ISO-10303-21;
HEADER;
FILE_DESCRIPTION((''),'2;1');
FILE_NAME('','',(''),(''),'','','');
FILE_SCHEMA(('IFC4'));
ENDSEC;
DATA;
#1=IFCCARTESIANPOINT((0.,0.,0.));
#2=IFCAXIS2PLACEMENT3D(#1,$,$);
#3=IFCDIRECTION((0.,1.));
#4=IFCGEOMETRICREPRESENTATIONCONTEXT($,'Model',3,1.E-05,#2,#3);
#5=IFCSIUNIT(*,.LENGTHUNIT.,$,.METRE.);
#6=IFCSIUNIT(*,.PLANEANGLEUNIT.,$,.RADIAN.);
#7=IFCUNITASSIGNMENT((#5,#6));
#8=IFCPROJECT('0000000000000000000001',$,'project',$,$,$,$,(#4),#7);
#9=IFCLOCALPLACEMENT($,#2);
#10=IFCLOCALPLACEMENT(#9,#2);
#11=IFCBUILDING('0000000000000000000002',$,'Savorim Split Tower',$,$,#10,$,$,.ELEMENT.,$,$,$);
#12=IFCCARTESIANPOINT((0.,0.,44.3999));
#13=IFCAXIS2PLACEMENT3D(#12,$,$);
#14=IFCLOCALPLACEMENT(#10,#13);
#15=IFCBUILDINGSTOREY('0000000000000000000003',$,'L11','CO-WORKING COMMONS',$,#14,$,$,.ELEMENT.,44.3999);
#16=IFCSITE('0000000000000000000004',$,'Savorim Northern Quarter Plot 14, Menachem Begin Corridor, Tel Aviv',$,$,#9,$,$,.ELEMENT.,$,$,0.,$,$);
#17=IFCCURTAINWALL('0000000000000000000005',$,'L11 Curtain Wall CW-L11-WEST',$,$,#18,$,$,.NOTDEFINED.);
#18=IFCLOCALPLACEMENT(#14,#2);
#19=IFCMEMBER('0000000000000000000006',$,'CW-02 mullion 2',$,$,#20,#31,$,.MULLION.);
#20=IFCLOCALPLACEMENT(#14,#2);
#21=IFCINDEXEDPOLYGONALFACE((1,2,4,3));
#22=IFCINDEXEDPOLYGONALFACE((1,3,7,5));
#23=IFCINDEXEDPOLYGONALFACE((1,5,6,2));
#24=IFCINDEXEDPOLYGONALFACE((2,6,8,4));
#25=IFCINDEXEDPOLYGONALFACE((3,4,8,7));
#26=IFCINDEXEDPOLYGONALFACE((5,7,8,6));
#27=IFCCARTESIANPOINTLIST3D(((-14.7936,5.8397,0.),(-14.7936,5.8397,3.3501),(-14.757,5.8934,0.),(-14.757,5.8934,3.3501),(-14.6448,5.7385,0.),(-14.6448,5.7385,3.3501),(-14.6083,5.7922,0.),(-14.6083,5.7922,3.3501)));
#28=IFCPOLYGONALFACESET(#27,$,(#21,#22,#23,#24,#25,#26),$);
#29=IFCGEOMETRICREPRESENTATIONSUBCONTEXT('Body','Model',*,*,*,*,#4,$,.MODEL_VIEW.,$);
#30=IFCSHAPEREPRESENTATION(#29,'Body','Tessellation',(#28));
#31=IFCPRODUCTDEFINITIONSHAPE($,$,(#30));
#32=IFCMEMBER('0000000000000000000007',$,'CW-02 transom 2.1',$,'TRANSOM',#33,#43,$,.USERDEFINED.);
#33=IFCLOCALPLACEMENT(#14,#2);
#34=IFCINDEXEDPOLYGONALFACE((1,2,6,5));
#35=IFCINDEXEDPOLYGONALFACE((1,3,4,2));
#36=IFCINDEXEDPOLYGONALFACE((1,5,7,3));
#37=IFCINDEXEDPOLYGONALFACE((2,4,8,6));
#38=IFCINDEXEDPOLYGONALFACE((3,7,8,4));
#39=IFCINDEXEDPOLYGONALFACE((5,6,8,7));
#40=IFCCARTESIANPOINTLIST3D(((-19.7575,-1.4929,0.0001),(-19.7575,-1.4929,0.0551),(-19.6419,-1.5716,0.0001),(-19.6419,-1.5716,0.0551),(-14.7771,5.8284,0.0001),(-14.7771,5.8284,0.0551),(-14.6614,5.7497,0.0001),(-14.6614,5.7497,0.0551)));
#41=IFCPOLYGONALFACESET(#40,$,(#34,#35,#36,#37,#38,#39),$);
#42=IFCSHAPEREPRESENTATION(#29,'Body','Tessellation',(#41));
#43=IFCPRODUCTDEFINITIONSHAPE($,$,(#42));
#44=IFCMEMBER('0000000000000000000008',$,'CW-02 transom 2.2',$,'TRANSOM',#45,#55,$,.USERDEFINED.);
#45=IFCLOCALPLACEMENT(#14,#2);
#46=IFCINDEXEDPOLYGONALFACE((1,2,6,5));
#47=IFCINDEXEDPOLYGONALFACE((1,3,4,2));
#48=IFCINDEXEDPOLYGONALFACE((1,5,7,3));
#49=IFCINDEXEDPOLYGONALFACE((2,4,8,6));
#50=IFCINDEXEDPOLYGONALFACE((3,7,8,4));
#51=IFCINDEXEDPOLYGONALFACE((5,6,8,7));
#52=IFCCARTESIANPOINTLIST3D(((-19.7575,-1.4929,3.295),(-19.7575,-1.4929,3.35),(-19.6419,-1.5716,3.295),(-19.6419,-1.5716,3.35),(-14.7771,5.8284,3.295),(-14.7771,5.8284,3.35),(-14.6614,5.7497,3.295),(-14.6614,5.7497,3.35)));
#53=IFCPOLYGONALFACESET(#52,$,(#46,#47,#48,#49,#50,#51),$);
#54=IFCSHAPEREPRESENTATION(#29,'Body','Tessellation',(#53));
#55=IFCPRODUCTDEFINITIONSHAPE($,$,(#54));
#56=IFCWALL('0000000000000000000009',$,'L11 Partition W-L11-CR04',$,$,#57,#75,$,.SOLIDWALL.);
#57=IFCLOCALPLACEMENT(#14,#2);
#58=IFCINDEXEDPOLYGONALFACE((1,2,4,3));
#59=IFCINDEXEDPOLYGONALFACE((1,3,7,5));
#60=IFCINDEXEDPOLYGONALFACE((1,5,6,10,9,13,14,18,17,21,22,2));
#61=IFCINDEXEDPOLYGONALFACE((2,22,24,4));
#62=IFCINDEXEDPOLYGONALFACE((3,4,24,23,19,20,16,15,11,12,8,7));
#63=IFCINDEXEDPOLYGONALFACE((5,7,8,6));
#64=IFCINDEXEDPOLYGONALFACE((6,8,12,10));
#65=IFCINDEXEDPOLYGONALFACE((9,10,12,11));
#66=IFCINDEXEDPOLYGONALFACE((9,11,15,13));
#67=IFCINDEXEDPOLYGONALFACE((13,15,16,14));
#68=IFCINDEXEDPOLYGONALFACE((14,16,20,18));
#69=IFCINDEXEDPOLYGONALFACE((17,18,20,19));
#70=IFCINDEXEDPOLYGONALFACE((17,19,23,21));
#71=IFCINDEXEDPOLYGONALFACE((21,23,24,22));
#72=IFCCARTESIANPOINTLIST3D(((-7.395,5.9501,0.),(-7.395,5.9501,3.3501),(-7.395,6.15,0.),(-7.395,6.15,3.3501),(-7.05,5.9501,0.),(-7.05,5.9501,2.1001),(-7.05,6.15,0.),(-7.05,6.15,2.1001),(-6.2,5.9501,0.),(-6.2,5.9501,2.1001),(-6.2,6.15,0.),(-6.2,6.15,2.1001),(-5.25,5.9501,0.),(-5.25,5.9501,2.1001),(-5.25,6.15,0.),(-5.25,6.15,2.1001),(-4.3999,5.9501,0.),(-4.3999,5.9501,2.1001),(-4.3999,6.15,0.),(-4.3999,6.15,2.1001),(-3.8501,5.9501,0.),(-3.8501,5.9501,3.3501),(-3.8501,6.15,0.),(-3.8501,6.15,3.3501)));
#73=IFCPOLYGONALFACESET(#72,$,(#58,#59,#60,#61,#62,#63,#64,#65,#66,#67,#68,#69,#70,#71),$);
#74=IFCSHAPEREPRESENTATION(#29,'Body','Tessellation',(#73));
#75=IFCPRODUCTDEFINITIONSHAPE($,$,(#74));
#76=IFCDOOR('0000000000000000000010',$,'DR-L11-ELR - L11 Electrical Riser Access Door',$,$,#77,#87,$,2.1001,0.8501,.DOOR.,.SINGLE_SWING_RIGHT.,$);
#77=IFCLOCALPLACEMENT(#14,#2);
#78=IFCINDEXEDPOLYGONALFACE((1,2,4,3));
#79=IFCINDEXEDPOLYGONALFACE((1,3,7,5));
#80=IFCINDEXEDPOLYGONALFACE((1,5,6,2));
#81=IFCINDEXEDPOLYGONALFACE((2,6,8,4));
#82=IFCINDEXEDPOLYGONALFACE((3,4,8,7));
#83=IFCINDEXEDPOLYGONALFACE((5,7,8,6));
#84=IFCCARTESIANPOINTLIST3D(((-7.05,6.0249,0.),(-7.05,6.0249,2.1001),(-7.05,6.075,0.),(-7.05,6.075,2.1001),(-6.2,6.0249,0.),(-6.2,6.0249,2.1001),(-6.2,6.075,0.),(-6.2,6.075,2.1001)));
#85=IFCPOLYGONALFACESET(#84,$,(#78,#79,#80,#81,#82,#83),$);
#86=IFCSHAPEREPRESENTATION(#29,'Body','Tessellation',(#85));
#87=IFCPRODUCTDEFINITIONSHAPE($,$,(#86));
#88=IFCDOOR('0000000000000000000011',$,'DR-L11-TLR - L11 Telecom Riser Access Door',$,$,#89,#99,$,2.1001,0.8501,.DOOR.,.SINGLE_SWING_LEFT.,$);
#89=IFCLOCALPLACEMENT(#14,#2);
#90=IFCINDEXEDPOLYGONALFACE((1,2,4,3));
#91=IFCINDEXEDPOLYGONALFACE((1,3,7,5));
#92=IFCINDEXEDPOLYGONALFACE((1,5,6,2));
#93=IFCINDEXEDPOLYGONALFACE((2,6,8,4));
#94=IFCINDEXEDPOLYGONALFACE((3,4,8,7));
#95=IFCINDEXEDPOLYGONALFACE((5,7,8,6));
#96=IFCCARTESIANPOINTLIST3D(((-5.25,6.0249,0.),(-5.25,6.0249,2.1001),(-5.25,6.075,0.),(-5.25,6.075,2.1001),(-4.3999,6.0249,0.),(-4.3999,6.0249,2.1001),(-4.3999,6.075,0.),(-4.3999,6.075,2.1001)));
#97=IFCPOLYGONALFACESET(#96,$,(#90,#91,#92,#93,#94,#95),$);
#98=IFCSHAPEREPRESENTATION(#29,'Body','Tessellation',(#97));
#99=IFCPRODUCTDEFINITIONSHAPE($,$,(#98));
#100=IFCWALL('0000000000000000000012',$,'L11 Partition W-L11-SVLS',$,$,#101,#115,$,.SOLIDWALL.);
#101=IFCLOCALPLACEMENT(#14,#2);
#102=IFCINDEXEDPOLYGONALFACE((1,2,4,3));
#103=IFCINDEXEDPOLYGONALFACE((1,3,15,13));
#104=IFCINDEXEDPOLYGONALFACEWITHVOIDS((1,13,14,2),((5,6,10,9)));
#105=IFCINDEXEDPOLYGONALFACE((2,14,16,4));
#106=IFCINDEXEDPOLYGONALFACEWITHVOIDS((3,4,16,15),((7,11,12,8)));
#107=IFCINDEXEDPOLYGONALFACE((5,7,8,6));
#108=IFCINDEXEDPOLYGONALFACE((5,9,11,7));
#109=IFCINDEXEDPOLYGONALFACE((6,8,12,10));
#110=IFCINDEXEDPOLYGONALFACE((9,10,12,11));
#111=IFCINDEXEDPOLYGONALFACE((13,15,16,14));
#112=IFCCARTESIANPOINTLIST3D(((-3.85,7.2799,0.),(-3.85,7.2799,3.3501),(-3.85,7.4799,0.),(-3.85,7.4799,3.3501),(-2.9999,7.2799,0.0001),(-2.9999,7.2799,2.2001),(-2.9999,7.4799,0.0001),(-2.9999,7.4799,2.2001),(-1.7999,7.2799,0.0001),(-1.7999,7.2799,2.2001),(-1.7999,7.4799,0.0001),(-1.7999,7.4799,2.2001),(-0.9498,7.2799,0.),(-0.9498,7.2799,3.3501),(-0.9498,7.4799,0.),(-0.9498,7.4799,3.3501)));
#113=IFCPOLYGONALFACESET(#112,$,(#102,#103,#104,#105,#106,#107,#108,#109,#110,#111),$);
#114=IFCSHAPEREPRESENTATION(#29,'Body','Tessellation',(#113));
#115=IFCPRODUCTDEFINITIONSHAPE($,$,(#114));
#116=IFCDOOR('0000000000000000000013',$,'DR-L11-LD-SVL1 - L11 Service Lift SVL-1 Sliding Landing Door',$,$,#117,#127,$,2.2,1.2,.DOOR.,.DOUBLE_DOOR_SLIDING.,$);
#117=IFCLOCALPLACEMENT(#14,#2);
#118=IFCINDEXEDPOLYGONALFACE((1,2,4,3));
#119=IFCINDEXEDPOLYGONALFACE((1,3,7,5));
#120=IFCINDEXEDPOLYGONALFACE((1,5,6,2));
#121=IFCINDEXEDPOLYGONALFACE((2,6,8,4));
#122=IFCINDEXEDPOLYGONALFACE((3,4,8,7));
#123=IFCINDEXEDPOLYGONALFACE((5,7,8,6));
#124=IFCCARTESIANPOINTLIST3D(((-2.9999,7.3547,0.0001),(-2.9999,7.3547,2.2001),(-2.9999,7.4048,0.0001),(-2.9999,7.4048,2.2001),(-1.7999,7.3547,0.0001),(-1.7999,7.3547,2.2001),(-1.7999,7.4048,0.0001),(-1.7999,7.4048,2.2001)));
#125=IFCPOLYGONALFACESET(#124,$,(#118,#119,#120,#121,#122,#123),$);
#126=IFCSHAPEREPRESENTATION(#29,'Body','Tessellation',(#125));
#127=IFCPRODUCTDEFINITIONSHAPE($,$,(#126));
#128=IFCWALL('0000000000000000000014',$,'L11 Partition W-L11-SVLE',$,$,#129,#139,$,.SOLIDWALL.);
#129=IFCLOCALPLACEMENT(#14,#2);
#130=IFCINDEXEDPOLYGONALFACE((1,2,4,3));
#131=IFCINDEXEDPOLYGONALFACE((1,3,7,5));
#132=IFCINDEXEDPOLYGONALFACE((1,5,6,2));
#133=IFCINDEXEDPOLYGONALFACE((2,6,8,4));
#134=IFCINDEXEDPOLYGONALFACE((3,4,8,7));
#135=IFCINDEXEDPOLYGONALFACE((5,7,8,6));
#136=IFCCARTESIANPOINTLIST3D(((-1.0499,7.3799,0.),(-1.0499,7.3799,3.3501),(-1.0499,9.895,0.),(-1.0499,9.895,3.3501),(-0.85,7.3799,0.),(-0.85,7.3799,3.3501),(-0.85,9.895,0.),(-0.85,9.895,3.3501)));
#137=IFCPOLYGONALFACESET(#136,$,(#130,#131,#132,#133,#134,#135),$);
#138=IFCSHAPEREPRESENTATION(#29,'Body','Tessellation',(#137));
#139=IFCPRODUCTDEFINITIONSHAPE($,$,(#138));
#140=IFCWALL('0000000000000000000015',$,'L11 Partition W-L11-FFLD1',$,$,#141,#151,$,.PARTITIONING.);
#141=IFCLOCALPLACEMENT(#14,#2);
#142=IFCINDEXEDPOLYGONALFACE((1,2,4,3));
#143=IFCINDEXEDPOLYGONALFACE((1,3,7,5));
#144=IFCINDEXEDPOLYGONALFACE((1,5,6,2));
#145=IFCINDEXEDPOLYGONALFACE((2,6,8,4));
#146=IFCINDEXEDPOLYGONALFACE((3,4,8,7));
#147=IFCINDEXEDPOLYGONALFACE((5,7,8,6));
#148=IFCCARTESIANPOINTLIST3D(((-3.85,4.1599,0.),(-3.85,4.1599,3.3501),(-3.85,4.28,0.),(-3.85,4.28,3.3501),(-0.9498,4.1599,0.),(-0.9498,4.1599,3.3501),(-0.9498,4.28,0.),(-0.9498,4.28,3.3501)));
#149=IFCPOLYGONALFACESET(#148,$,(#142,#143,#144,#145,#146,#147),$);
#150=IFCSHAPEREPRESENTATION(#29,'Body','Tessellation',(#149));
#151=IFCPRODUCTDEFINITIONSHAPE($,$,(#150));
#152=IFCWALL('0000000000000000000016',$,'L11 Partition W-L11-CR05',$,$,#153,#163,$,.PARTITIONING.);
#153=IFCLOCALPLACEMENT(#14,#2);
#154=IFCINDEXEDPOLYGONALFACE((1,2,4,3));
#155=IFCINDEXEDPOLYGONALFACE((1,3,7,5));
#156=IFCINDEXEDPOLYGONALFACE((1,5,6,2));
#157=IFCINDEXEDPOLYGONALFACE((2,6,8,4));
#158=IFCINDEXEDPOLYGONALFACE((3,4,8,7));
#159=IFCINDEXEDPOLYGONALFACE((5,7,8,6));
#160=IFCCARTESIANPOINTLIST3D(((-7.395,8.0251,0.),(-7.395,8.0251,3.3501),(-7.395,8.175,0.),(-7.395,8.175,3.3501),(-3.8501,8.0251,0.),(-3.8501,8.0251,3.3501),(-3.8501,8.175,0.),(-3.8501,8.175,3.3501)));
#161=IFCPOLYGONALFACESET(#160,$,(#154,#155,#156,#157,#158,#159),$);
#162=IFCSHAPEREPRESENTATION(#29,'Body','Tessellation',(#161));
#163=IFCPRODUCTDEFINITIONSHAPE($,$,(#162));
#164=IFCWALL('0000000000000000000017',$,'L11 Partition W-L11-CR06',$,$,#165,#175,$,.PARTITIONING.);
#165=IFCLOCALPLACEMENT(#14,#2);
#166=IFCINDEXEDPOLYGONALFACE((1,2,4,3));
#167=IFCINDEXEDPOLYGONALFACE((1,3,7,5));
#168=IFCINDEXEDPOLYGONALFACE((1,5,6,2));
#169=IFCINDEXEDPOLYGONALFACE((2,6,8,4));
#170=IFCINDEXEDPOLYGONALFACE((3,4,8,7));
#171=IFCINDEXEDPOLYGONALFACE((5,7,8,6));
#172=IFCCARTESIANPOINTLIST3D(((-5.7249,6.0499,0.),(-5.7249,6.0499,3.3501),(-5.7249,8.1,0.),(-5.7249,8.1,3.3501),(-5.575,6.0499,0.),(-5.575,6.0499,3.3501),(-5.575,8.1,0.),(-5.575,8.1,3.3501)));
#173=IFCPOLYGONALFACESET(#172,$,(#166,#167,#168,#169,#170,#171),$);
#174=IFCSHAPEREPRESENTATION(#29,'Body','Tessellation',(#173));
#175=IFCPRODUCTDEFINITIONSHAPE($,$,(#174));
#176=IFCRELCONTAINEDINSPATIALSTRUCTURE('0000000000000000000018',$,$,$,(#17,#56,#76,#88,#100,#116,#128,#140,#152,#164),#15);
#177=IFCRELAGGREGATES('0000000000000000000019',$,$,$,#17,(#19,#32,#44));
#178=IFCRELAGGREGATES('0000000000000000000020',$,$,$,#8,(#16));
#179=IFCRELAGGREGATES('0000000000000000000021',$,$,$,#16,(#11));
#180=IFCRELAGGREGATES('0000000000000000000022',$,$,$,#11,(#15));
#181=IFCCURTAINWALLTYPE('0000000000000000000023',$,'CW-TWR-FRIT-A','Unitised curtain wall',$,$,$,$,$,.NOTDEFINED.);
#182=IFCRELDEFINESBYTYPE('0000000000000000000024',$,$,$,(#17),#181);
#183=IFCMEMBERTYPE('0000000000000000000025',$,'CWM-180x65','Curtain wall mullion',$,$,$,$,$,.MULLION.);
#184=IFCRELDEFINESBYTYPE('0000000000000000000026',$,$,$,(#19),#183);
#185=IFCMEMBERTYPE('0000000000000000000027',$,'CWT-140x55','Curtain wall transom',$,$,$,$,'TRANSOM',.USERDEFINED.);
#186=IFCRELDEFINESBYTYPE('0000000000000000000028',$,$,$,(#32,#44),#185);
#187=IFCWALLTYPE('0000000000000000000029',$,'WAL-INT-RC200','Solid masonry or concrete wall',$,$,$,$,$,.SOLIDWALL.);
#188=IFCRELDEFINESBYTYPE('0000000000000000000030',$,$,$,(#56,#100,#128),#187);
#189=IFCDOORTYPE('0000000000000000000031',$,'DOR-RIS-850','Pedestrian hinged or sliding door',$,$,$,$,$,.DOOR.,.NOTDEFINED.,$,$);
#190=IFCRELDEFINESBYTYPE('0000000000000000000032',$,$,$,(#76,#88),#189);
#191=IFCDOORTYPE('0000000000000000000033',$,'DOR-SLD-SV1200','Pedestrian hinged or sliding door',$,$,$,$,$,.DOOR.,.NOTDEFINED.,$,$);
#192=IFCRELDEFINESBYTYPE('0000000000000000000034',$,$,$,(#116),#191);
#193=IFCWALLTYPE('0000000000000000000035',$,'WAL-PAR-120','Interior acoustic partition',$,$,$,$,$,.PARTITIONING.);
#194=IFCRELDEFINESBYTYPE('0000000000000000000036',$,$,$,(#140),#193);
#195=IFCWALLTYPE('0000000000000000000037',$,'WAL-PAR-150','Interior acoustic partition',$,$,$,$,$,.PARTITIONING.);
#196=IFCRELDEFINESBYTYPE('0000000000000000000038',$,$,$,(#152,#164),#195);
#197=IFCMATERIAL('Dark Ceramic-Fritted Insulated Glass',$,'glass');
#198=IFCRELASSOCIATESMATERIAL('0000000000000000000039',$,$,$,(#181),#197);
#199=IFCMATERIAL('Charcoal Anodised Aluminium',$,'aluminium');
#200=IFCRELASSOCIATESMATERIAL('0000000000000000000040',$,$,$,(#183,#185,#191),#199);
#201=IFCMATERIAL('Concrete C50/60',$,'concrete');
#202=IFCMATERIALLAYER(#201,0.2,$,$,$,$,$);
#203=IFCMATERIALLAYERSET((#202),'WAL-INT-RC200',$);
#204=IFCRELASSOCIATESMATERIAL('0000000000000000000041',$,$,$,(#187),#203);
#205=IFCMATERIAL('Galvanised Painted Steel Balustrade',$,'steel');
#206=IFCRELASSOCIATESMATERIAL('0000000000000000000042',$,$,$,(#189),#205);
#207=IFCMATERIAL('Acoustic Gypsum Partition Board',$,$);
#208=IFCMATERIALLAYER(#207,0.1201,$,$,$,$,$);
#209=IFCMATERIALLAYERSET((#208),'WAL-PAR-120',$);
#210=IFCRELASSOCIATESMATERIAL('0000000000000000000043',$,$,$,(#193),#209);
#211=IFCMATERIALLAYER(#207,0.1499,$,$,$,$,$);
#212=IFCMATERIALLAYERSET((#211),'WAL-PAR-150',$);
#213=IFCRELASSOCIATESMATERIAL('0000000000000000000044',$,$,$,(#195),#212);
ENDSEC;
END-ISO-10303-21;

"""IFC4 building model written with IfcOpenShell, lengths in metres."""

from ifc_helpers import new_model, si_unit, direction, frame, frame_2d, origin, origin_2d, place, context, subcontext, project, spatial, rectangle, extrude, material, layer, layer_set, material_profile, profile_set, type_object, element, fill, aggregate, save


model = new_model("IFC4")

# Units and contexts
model_context = context("Model", 3, precision=1e-05, world=origin(), true_north=direction((0.0, 1.0)))
body_context = subcontext(model_context, "Body", "Model", "MODEL_VIEW")
ifc_project = project(units=[si_unit("LENGTHUNIT", "METRE"), si_unit("PLANEANGLEUNIT", "RADIAN")], contexts=[model_context])

# Site, building, storey
site_placement = place(None, origin())
site = spatial("IfcSite", under=ifc_project, at=site_placement, Name="Savorim Northern Quarter Plot 14, Menachem Begin Corridor, Tel Aviv", CompositionType="ELEMENT", RefElevation=0.0)
building_placement = place(site_placement, origin())
building = spatial("IfcBuilding", under=site, at=building_placement, Name="Savorim Split Tower", CompositionType="ELEMENT")
storey_placement = place(building_placement, frame((0.0, 0.0, 44.3999)))
storey = spatial("IfcBuildingStorey", under=building, at=storey_placement, Name="L11", Description="CO-WORKING COMMONS", CompositionType="ELEMENT", Elevation=44.3999)

# Curtain wall, members
ifc_material_1 = material(Name="Dark Ceramic-Fritted Insulated Glass", Category="glass")
curtain_wall_type = type_object("IfcCurtainWallType", Name="CW-TWR-FRIT-A", Description="Unitised curtain wall", PredefinedType="NOTDEFINED", material=ifc_material_1)
curtain_wall_placement = place(storey_placement, origin())
curtain_wall = element("IfcCurtainWall", 1, at=curtain_wall_placement, inside=storey, type_object=curtain_wall_type, Name="L11 Curtain Wall CW-L11-WEST", PredefinedType="NOTDEFINED")
ifc_material_2 = material(Name="Charcoal Anodised Aluminium", Category="aluminium")
ifc_material_profile_1 = material_profile(ifc_material_2, rectangle(XDim=0.1799, YDim=0.0649, at=origin_2d()), Name="ALU-M 180x65")
ifc_profile_set_1 = profile_set([ifc_material_profile_1], Name="Charcoal Anodised Aluminium")
member_type_1 = type_object("IfcMemberType", Name="CWM-180x65", Description="Curtain wall mullion", PredefinedType="MULLION", material=ifc_profile_set_1)
member_1_placement = place(storey_placement, frame((-14.7009, 5.8159, 0.0), z_axis=(0.0, 0.0, 1.0), x_axis=(0.826821, -0.562465, 0.0)))
member_1 = element("IfcMember", 2, at=member_1_placement, type_object=member_type_1, Name="CW-02 mullion 2", PredefinedType="MULLION", context=body_context, shape_type="SweptSolid", body=[
    extrude(rectangle(XDim=0.1799, YDim=0.0649, at=origin_2d()), origin(), (0.0, 0.0, 1.0), 3.3501),
])
ifc_material_profile_2 = material_profile(ifc_material_2, rectangle(XDim=0.1399, YDim=0.0549, at=origin_2d()), Name="ALU-T 140x55")
ifc_profile_set_2 = profile_set([ifc_material_profile_2], Name="Charcoal Anodised Aluminium")
member_type_2 = type_object("IfcMemberType", Name="CWT-140x55", Description="Curtain wall transom", ElementType="TRANSOM", PredefinedType="USERDEFINED", material=ifc_profile_set_2)
member_2_placement = place(storey_placement, frame((-14.7192, 5.7891, 0.0276), z_axis=(-0.562464, -0.826822, 0.0), x_axis=(0.826822, -0.562464, 0.0)))
member_2 = element("IfcMember", 3, at=member_2_placement, type_object=member_type_2, Name="CW-02 transom 2.1", ObjectType="TRANSOM", PredefinedType="USERDEFINED", context=body_context, shape_type="SweptSolid", body=[
    extrude(rectangle(XDim=0.1399, YDim=0.0549, at=origin_2d()), origin(), (0.0, 0.0, 1.0), 8.8547),
])
member_3_placement = place(storey_placement, frame((-14.7192, 5.7891, 3.3225), z_axis=(-0.562464, -0.826822, 0.0), x_axis=(0.826822, -0.562464, 0.0)))
member_3 = element("IfcMember", 4, at=member_3_placement, type_object=member_type_2, Name="CW-02 transom 2.2", ObjectType="TRANSOM", PredefinedType="USERDEFINED", context=body_context, shape_type="SweptSolid", body=[
    extrude(rectangle(XDim=0.1399, YDim=0.0549, at=origin_2d()), origin(), (0.0, 0.0, 1.0), 8.8547),
])
aggregate(curtain_wall, [member_1, member_2, member_3])

# Wall, openings, doors
ifc_material_3 = material(Name="Concrete C50/60", Category="concrete")
ifc_layer_1 = layer(ifc_material_3, 0.2)
ifc_layer_set_1 = layer_set([ifc_layer_1], Name="WAL-INT-RC200")
wall_type_1 = type_object("IfcWallType", Name="WAL-INT-RC200", Description="Solid masonry or concrete wall", PredefinedType="SOLIDWALL", material=ifc_layer_set_1)
wall_1_placement = place(storey_placement, frame((-7.395, 6.05, 0.0), z_axis=(0.0, 0.0, 1.0), x_axis=(1.0, 0.0, 0.0)))
wall_1 = element("IfcWall", 5, at=wall_1_placement, inside=storey, type_object=wall_type_1, Name="L11 Partition W-L11-CR04", PredefinedType="SOLIDWALL", context=body_context, shape_type="SweptSolid", body=[
    extrude(rectangle(XDim=3.5449, YDim=0.2, at=frame_2d((1.7725, 0.0))), origin(), (0.0, 0.0, 1.0), 3.3501),
])
opening_1_placement = place(wall_1_placement, frame((0.345, 0.0, 0.0)))
opening_1 = element("IfcOpeningElement", 6, at=opening_1_placement, cuts=wall_1, PredefinedType="OPENING", context=body_context, shape_type="SweptSolid", body=[
    extrude(rectangle(XDim=0.8501, YDim=2.1001, at=frame_2d((0.425, 1.05))), frame((0.0, 0.1099, 0.0), z_axis=(0.0, -1.0, 0.0), x_axis=(1.0, 0.0, 0.0)), (0.0, 0.0, 1.0), 0.22),
])
opening_2_placement = place(wall_1_placement, frame((2.145, 0.0, 0.0)))
opening_2 = element("IfcOpeningElement", 7, at=opening_2_placement, cuts=wall_1, PredefinedType="OPENING", context=body_context, shape_type="SweptSolid", body=[
    extrude(rectangle(XDim=0.8501, YDim=2.1001, at=frame_2d((0.425, 1.05))), frame((0.0, 0.1099, 0.0), z_axis=(0.0, -1.0, 0.0), x_axis=(1.0, 0.0, 0.0)), (0.0, 0.0, 1.0), 0.22),
])
ifc_material_4 = material(Name="Galvanised Painted Steel Balustrade", Category="steel")
door_type_1 = type_object("IfcDoorType", Name="DOR-RIS-850", Description="Pedestrian hinged or sliding door", OperationType="NOTDEFINED", PredefinedType="DOOR", material=ifc_material_4)
door_1_placement = place(opening_1_placement, origin())
door_1 = element("IfcDoor", 8, at=door_1_placement, inside=storey, type_object=door_type_1, Name="DR-L11-ELR - L11 Electrical Riser Access Door", OperationType="SINGLE_SWING_RIGHT", OverallHeight=2.1001, OverallWidth=0.8501, PredefinedType="DOOR", context=body_context, shape_type="SweptSolid", body=[
    extrude(rectangle(XDim=0.8501, YDim=2.1001, at=frame_2d((0.425, 1.05))), frame((0.0, 0.0249, 0.0), z_axis=(0.0, -1.0, 0.0), x_axis=(1.0, 0.0, 0.0)), (0.0, 0.0, 1.0), 0.05),
])
fill(opening_1, door_1)
door_2_placement = place(opening_2_placement, origin())
door_2 = element("IfcDoor", 9, at=door_2_placement, inside=storey, type_object=door_type_1, Name="DR-L11-TLR - L11 Telecom Riser Access Door", OperationType="SINGLE_SWING_LEFT", OverallHeight=2.1001, OverallWidth=0.8501, PredefinedType="DOOR", context=body_context, shape_type="SweptSolid", body=[
    extrude(rectangle(XDim=0.8501, YDim=2.1001, at=frame_2d((0.425, 1.05))), frame((0.0, 0.0249, 0.0), z_axis=(0.0, -1.0, 0.0), x_axis=(1.0, 0.0, 0.0)), (0.0, 0.0, 1.0), 0.05),
])
fill(opening_2, door_2)

# Wall, opening, door
wall_2_placement = place(storey_placement, frame((-3.8501, 7.3799, 0.0), z_axis=(0.0, 0.0, 1.0), x_axis=(1.0, 0.0, 0.0)))
wall_2 = element("IfcWall", 10, at=wall_2_placement, inside=storey, type_object=wall_type_1, Name="L11 Partition W-L11-SVLS", PredefinedType="SOLIDWALL", context=body_context, shape_type="SweptSolid", body=[
    extrude(rectangle(XDim=2.9001, YDim=0.2, at=frame_2d((1.4502, 0.0))), origin(), (0.0, 0.0, 1.0), 3.3501),
])
opening_3_placement = place(wall_2_placement, frame((0.8501, 0.0, 0.0)))
opening_3 = element("IfcOpeningElement", 11, at=opening_3_placement, cuts=wall_2, PredefinedType="OPENING", context=body_context, shape_type="SweptSolid", body=[
    extrude(rectangle(XDim=1.2, YDim=2.2, at=frame_2d((0.6001, 1.1001))), frame((0.0, 0.1099, 0.0), z_axis=(0.0, -1.0, 0.0), x_axis=(1.0, 0.0, 0.0)), (0.0, 0.0, 1.0), 0.22),
])
door_type_2 = type_object("IfcDoorType", Name="DOR-SLD-SV1200", Description="Pedestrian hinged or sliding door", OperationType="NOTDEFINED", PredefinedType="DOOR", material=ifc_material_2)
door_3_placement = place(opening_3_placement, origin())
door_3 = element("IfcDoor", 12, at=door_3_placement, inside=storey, type_object=door_type_2, Name="DR-L11-LD-SVL1 - L11 Service Lift SVL-1 Sliding Landing Door", OperationType="DOUBLE_DOOR_SLIDING", OverallHeight=2.2, OverallWidth=1.2, PredefinedType="DOOR", context=body_context, shape_type="SweptSolid", body=[
    extrude(rectangle(XDim=1.2, YDim=2.2, at=frame_2d((0.6001, 1.1001))), frame((0.0, 0.0249, 0.0), z_axis=(0.0, -1.0, 0.0), x_axis=(1.0, 0.0, 0.0)), (0.0, 0.0, 1.0), 0.05),
])
fill(opening_3, door_3)

# Walls
wall_3_placement = place(storey_placement, frame((-0.95, 7.3799, 0.0), z_axis=(0.0, 0.0, 1.0), x_axis=(0.0, 1.0, 0.0)))
element("IfcWall", 13, at=wall_3_placement, inside=storey, type_object=wall_type_1, Name="L11 Partition W-L11-SVLE", PredefinedType="SOLIDWALL", context=body_context, shape_type="SweptSolid", body=[
    extrude(rectangle(XDim=2.5151, YDim=0.2, at=frame_2d((1.2576, 0.0))), origin(), (0.0, 0.0, 1.0), 3.3501),
])
ifc_material_5 = material(Name="Acoustic Gypsum Partition Board")
ifc_layer_2 = layer(ifc_material_5, 0.1201)
ifc_layer_set_2 = layer_set([ifc_layer_2], Name="WAL-PAR-120")
wall_type_2 = type_object("IfcWallType", Name="WAL-PAR-120", Description="Interior acoustic partition", PredefinedType="PARTITIONING", material=ifc_layer_set_2)
wall_4_placement = place(storey_placement, frame((-3.8501, 4.22, 0.0), z_axis=(0.0, 0.0, 1.0), x_axis=(1.0, 0.0, 0.0)))
element("IfcWall", 14, at=wall_4_placement, inside=storey, type_object=wall_type_2, Name="L11 Partition W-L11-FFLD1", PredefinedType="PARTITIONING", context=body_context, shape_type="SweptSolid", body=[
    extrude(rectangle(XDim=2.9001, YDim=0.1201, at=frame_2d((1.4502, 0.0))), origin(), (0.0, 0.0, 1.0), 3.3501),
])
ifc_layer_3 = layer(ifc_material_5, 0.1499)
ifc_layer_set_3 = layer_set([ifc_layer_3], Name="WAL-PAR-150")
wall_type_3 = type_object("IfcWallType", Name="WAL-PAR-150", Description="Interior acoustic partition", PredefinedType="PARTITIONING", material=ifc_layer_set_3)
wall_5_placement = place(storey_placement, frame((-7.395, 8.1001, 0.0), z_axis=(0.0, 0.0, 1.0), x_axis=(1.0, 0.0, 0.0)))
element("IfcWall", 15, at=wall_5_placement, inside=storey, type_object=wall_type_3, Name="L11 Partition W-L11-CR05", PredefinedType="PARTITIONING", context=body_context, shape_type="SweptSolid", body=[
    extrude(rectangle(XDim=3.5449, YDim=0.1499, at=frame_2d((1.7725, 0.0))), origin(), (0.0, 0.0, 1.0), 3.3501),
])
wall_6_placement = place(storey_placement, frame((-5.6499, 6.05, 0.0), z_axis=(0.0, 0.0, 1.0), x_axis=(0.0, 1.0, 0.0)))
element("IfcWall", 16, at=wall_6_placement, inside=storey, type_object=wall_type_3, Name="L11 Partition W-L11-CR06", PredefinedType="PARTITIONING", context=body_context, shape_type="SweptSolid", body=[
    extrude(rectangle(XDim=2.05, YDim=0.1499, at=frame_2d((1.0249, 0.0))), origin(), (0.0, 0.0, 1.0), 3.3501),
])

save(model, "model.ifc")
